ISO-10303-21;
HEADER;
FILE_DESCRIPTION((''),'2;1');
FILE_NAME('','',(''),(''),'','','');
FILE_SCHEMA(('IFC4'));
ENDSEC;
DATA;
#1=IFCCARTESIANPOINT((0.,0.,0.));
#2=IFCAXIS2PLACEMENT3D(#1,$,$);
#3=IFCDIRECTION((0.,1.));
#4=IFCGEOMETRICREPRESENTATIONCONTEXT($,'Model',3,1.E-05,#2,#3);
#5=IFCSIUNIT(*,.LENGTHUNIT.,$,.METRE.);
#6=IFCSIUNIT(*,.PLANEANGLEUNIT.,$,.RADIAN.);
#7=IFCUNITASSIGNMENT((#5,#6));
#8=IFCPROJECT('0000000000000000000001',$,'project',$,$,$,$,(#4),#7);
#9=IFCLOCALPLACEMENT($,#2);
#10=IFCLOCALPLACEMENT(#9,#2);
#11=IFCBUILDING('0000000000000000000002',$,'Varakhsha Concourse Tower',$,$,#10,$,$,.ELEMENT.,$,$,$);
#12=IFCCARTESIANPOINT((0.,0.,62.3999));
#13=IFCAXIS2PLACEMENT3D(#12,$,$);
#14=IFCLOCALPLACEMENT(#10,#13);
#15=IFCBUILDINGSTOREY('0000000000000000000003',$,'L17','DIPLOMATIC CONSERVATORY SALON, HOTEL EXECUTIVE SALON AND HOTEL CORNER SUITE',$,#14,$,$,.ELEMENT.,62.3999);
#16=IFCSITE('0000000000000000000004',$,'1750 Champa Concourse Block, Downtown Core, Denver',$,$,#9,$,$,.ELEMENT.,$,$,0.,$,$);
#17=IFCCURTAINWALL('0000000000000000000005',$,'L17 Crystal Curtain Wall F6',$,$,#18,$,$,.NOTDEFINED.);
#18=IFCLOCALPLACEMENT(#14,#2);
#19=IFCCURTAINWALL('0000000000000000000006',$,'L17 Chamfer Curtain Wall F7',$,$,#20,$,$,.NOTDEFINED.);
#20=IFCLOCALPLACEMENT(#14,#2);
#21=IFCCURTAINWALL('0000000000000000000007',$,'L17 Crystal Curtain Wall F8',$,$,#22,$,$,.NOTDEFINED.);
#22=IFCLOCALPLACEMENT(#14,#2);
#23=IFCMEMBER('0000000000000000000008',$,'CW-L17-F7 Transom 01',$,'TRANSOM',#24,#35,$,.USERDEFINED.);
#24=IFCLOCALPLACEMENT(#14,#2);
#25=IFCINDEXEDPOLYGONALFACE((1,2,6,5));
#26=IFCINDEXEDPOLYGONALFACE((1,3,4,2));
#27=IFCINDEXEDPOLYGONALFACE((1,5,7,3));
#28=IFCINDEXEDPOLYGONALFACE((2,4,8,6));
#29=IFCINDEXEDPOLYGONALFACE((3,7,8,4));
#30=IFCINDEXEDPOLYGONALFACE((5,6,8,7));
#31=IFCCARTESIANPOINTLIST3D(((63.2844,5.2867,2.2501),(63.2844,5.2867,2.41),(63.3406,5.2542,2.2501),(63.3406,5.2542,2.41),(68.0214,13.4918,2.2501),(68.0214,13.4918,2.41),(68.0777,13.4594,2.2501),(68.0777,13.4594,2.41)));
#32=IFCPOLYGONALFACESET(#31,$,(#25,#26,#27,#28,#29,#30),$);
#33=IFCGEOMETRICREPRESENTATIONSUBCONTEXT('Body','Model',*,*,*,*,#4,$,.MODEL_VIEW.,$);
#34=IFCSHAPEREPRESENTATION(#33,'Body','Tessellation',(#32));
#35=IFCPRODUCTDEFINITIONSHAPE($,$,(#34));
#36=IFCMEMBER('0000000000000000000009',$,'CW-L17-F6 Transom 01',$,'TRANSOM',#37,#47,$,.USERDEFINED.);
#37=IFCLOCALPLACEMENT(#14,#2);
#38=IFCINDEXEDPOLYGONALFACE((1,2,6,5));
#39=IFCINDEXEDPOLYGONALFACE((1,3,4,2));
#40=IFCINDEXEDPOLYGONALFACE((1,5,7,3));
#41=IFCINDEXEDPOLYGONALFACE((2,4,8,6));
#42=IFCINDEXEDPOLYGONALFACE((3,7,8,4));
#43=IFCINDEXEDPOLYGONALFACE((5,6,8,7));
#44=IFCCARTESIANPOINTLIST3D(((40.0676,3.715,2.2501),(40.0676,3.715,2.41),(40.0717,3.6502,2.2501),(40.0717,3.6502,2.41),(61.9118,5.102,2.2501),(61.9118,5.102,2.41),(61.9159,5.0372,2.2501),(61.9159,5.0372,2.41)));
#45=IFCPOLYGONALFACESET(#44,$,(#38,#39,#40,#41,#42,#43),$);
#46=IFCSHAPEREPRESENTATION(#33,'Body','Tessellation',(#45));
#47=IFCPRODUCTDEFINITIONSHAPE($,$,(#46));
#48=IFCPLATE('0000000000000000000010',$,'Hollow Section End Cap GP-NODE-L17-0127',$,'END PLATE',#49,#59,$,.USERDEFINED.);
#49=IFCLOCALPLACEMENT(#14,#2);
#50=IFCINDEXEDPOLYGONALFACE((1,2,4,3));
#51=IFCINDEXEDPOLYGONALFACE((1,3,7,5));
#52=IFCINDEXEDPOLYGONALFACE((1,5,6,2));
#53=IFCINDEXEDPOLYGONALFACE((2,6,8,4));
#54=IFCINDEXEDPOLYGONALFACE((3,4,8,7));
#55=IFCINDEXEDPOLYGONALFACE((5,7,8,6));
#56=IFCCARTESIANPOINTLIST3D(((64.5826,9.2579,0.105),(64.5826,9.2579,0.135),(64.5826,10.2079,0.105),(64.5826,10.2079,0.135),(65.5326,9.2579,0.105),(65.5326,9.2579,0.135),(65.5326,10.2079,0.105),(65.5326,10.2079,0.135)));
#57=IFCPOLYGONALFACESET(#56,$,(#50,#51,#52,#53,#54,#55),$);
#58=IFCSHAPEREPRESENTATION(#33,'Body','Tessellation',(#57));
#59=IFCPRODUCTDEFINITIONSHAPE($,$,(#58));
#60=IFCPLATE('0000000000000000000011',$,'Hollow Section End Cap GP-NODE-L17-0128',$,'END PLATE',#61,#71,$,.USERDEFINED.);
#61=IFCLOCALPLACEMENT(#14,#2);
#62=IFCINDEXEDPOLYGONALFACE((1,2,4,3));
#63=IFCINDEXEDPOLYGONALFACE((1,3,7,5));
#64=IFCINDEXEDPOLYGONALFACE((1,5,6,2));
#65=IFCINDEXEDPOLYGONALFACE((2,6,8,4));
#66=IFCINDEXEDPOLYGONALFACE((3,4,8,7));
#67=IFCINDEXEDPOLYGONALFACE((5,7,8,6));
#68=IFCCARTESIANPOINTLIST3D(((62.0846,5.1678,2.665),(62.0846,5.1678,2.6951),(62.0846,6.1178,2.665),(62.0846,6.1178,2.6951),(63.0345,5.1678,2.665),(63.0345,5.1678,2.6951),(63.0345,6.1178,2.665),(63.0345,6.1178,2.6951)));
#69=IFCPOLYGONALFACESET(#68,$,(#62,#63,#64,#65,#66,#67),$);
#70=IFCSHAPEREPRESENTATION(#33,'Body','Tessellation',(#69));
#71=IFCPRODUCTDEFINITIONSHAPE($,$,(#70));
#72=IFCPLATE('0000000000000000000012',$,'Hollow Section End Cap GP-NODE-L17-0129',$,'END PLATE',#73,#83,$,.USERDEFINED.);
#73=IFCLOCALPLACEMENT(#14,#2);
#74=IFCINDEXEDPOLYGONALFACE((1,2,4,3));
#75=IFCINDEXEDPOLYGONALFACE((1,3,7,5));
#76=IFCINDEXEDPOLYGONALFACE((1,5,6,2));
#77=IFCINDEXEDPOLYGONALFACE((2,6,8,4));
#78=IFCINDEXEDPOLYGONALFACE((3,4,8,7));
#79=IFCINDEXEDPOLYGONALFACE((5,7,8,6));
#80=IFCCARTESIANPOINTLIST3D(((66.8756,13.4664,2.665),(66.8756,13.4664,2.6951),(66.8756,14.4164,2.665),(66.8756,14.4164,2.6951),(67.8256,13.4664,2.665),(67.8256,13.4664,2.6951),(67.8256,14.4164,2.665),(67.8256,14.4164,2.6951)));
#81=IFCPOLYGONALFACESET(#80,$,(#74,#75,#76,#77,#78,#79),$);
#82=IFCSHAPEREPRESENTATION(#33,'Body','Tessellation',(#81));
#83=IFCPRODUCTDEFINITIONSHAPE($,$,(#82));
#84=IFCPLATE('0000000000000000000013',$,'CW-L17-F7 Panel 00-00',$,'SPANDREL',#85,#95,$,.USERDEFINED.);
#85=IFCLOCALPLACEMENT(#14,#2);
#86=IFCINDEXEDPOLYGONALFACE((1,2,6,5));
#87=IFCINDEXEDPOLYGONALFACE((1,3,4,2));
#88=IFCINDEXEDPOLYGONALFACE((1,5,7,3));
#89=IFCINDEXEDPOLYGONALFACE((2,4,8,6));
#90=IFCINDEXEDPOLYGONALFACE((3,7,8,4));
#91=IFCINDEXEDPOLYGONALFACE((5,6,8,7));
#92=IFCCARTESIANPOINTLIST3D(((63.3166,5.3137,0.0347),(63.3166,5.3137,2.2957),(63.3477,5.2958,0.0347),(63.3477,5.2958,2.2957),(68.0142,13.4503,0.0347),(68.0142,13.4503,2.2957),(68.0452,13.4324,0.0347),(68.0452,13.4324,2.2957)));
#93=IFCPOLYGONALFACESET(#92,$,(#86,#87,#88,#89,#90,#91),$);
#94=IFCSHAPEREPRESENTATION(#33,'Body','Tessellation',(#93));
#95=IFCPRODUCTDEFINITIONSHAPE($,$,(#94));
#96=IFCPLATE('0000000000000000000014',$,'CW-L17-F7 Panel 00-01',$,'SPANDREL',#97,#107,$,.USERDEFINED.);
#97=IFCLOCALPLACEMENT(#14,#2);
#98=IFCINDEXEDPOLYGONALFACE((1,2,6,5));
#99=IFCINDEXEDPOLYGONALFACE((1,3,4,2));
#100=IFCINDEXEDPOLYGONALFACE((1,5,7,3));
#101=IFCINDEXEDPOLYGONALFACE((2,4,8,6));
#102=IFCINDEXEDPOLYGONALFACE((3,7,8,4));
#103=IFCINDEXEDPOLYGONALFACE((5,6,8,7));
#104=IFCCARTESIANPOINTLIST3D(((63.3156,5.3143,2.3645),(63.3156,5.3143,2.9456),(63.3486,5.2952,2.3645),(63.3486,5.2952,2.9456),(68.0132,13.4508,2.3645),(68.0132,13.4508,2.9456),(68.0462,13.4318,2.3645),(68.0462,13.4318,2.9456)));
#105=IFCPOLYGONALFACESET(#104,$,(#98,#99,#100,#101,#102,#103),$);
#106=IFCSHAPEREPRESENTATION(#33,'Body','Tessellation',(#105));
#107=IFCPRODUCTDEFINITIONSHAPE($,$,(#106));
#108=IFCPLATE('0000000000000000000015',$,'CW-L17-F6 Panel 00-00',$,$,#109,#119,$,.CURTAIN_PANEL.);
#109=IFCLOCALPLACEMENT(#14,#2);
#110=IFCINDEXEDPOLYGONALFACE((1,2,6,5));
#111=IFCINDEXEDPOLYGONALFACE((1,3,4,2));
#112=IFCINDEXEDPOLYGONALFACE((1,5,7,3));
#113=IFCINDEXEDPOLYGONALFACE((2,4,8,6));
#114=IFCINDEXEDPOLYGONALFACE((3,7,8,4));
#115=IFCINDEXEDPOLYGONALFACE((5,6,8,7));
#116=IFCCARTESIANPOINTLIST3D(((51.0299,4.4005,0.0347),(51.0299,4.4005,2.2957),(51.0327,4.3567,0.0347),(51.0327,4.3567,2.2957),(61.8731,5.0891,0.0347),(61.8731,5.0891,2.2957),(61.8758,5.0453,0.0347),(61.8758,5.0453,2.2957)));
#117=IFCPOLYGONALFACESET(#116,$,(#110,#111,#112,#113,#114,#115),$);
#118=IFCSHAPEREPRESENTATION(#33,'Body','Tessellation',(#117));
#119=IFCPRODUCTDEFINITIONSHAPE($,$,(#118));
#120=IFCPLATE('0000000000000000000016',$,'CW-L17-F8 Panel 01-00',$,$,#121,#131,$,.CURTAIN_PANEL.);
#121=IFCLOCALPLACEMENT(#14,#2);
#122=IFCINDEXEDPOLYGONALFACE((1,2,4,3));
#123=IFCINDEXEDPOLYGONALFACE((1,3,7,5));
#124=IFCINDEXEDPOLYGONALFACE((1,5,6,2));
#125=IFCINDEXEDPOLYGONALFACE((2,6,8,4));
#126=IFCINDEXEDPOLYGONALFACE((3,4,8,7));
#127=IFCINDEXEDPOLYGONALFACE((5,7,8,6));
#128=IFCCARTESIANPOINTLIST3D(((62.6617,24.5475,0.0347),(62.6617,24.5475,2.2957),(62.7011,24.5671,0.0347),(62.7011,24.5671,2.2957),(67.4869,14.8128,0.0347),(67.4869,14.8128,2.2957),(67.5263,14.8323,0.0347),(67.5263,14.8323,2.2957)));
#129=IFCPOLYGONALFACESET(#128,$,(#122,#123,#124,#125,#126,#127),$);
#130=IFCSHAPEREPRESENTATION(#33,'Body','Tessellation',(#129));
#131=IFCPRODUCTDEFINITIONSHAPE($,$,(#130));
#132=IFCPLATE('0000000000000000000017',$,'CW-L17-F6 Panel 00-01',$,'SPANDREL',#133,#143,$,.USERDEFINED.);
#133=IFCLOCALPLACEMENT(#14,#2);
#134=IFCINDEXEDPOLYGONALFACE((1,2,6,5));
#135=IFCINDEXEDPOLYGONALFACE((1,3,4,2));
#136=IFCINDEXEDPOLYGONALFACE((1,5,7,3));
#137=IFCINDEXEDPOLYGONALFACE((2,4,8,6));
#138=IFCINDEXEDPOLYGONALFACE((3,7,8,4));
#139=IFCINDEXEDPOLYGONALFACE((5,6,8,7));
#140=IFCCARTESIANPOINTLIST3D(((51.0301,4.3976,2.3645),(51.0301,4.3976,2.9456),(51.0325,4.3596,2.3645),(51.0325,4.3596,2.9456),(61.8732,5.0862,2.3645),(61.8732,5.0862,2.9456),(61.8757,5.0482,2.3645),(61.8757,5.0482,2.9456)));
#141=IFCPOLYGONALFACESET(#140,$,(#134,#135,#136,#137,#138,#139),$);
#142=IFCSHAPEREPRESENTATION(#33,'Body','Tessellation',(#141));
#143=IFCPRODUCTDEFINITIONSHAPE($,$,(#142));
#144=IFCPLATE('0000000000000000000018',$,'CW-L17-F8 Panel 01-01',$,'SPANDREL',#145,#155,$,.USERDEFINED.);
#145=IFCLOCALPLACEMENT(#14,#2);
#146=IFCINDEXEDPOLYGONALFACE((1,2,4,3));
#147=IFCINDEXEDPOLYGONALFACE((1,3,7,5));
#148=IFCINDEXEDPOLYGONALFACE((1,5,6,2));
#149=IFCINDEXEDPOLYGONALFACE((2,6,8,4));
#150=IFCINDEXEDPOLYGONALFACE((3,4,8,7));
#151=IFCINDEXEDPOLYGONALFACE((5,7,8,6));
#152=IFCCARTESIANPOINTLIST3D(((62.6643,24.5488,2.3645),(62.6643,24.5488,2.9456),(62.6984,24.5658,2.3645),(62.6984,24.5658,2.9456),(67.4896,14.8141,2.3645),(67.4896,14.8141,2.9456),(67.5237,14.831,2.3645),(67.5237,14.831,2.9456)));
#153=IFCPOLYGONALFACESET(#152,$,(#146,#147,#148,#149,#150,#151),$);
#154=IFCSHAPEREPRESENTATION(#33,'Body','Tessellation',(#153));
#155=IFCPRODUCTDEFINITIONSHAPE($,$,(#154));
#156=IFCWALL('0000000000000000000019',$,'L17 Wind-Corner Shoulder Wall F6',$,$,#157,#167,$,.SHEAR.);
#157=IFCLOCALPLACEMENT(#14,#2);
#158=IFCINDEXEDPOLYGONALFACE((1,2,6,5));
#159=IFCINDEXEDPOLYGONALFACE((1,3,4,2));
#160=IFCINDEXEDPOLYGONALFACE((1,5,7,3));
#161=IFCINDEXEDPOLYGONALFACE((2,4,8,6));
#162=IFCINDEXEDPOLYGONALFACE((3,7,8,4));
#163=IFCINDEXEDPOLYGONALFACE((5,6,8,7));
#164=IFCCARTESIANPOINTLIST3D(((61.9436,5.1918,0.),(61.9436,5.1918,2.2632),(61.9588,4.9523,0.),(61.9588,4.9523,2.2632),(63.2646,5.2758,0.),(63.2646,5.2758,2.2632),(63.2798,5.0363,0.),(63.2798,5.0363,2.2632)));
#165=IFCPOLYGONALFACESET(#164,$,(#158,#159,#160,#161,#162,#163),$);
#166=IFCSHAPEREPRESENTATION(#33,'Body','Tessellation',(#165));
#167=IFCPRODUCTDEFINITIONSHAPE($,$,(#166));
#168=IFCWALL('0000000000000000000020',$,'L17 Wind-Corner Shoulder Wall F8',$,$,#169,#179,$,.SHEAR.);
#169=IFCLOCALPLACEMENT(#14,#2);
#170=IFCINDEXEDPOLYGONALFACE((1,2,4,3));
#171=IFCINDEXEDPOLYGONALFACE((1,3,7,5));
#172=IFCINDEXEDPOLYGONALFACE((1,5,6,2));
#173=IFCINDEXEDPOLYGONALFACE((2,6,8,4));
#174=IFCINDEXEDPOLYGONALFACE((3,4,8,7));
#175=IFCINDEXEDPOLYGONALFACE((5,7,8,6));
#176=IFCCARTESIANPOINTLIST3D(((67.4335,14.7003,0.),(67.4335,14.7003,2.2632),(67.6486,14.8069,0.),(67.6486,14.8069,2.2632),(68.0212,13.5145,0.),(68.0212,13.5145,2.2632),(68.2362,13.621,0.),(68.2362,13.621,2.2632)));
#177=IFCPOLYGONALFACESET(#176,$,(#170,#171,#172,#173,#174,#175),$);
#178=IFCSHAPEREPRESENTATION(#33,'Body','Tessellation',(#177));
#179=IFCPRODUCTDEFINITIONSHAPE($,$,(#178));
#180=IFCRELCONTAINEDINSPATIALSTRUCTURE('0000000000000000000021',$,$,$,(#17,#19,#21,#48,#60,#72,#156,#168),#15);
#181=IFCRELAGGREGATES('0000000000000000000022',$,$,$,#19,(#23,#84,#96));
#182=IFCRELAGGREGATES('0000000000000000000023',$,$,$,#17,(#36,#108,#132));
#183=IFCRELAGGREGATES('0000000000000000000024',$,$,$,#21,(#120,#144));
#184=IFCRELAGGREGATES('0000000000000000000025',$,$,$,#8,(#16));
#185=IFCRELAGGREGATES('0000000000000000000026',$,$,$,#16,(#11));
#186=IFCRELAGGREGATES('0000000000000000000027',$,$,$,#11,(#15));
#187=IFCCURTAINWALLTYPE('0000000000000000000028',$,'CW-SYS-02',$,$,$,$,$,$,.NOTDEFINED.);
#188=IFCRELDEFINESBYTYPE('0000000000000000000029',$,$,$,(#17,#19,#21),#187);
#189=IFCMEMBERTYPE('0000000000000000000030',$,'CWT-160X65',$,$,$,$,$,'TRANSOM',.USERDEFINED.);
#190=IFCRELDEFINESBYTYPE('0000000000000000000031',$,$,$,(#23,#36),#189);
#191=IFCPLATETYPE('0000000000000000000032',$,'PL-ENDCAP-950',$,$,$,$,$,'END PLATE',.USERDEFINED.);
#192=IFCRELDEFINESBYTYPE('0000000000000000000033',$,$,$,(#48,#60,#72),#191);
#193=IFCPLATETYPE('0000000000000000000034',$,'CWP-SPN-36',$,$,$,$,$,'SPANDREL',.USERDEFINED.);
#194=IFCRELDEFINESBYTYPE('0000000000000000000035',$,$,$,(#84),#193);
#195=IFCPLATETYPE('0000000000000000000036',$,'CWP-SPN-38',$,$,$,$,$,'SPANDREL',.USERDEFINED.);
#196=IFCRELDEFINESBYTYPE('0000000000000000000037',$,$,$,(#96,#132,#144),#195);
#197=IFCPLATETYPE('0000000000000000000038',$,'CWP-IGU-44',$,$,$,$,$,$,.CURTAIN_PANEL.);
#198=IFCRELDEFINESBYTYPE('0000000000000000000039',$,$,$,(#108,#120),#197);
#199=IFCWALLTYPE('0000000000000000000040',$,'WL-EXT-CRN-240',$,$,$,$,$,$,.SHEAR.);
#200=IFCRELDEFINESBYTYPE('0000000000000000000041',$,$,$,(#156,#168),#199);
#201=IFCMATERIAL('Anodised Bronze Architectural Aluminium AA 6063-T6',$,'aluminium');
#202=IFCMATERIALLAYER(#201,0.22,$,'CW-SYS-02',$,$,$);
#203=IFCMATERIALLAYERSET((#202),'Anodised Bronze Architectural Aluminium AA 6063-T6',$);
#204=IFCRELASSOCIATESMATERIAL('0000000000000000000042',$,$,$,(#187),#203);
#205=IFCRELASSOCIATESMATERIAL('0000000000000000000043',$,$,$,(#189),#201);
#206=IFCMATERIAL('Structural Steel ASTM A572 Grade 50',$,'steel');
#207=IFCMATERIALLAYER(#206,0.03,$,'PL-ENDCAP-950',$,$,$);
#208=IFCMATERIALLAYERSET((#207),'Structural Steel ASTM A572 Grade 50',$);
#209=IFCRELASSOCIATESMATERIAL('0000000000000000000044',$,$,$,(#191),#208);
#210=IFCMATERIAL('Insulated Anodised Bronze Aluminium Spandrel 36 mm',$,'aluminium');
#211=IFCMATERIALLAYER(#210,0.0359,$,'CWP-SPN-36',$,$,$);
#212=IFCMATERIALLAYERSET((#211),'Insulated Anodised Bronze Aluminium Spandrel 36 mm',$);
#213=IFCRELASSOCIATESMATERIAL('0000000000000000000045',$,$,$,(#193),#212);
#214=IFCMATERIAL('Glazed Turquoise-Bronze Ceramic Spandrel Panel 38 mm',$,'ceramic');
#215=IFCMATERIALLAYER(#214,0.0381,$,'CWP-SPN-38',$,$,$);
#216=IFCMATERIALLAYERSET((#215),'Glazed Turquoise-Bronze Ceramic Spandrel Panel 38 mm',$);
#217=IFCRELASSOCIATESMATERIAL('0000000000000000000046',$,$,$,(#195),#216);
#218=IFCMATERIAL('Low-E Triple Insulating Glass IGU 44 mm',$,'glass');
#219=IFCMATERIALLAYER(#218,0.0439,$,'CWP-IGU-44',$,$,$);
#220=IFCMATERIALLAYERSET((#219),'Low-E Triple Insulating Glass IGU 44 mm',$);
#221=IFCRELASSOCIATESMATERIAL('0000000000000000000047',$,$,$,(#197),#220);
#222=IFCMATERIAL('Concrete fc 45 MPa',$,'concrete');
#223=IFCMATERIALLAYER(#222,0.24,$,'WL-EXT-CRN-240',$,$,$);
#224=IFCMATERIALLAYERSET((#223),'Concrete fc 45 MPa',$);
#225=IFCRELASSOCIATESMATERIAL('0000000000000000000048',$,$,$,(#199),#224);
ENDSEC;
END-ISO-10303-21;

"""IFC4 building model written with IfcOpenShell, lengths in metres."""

from ifc_helpers import new_model, si_unit, direction, frame, frame_2d, origin, origin_2d, place, context, subcontext, project, spatial, rectangle, extrude, source, transform, mapped, material, layer, layer_set, material_profile, profile_set, type_object, type_shapes, element, aggregate, save


model = new_model("IFC4")

# Units and contexts
model_context = context("Model", 3, precision=1e-05, world=origin(), true_north=direction((0.0, 1.0)))
body_context = subcontext(model_context, "Body", "Model", "MODEL_VIEW")
ifc_project = project(units=[si_unit("LENGTHUNIT", "METRE"), si_unit("PLANEANGLEUNIT", "RADIAN")], contexts=[model_context])

# Site, building, storey
site_placement = place(None, origin())
site = spatial("IfcSite", under=ifc_project, at=site_placement, Name="1750 Champa Concourse Block, Downtown Core, Denver", CompositionType="ELEMENT", RefElevation=0.0)
building_placement = place(site_placement, origin())
building = spatial("IfcBuilding", under=site, at=building_placement, Name="Varakhsha Concourse Tower", CompositionType="ELEMENT")
storey_placement = place(building_placement, frame((0.0, 0.0, 62.3999)))
storey = spatial("IfcBuildingStorey", under=building, at=storey_placement, Name="L17", Description="DIPLOMATIC CONSERVATORY SALON, HOTEL EXECUTIVE SALON AND HOTEL CORNER SUITE", CompositionType="ELEMENT", Elevation=62.3999)

# Shared definitions
ifc_material_1 = material(Name="Structural Steel ASTM A572 Grade 50", Category="steel")

# Curtain wall
ifc_material_2 = material(Name="Anodised Bronze Architectural Aluminium AA 6063-T6", Category="aluminium")
ifc_layer_1 = layer(ifc_material_2, 0.22, Name="CW-SYS-02")
ifc_layer_set_1 = layer_set([ifc_layer_1], Name="Anodised Bronze Architectural Aluminium AA 6063-T6")
curtain_wall_type = type_object("IfcCurtainWallType", Name="CW-SYS-02", PredefinedType="NOTDEFINED", material=ifc_layer_set_1)
curtain_wall_1_placement = place(storey_placement, origin())
curtain_wall_1 = element("IfcCurtainWall", 1, at=curtain_wall_1_placement, inside=storey, type_object=curtain_wall_type, Name="L17 Crystal Curtain Wall F6", PredefinedType="NOTDEFINED")

# Curtain walls
curtain_wall_2_placement = place(storey_placement, origin())
curtain_wall_2 = element("IfcCurtainWall", 2, at=curtain_wall_2_placement, inside=storey, type_object=curtain_wall_type, Name="L17 Chamfer Curtain Wall F7", PredefinedType="NOTDEFINED")
curtain_wall_3_placement = place(storey_placement, origin())
curtain_wall_3 = element("IfcCurtainWall", 3, at=curtain_wall_3_placement, inside=storey, type_object=curtain_wall_type, Name="L17 Crystal Curtain Wall F8", PredefinedType="NOTDEFINED")

# Members
ifc_material_profile_1 = material_profile(ifc_material_2, rectangle(XDim=0.0649, YDim=0.1599, at=origin_2d()), Name="CWT-160X65")
ifc_profile_set_1 = profile_set([ifc_material_profile_1], Name="Anodised Bronze Architectural Aluminium AA 6063-T6")
member_type_1 = type_object("IfcMemberType", Name="CWT-160X65", ElementType="TRANSOM", PredefinedType="USERDEFINED", material=ifc_profile_set_1)
shared_shape_1 = source(origin(), body_context, "Body", "SweptSolid", [
    extrude(rectangle(XDim=0.0649, YDim=0.1599, at=origin_2d()), origin(), (0.0, 0.0, 1.0), 9.4744),
])
member_1_placement = place(storey_placement, frame((68.0496, 13.4756, 2.3301), z_axis=(-0.499989, -0.866032, 0.0), x_axis=(0.866032, -0.499989, 0.0)))
member_1 = element("IfcMember", 4, at=member_1_placement, type_object=member_type_1, Name="CW-L17-F7 Transom 01", ObjectType="TRANSOM", PredefinedType="USERDEFINED", context=body_context, shape_type="MappedRepresentation", body=[
    mapped(shared_shape_1, transform((0.0, 0.0, 0.0), scale=1.0)),
])
shared_shape_2 = source(origin(), body_context, "Body", "SweptSolid", [
    extrude(rectangle(XDim=0.0649, YDim=0.1599, at=origin_2d()), origin(), (0.0, 0.0, 1.0), 21.8882),
])
type_shapes(member_type_1, [shared_shape_1, shared_shape_2])
member_2_placement = place(storey_placement, frame((61.9138, 5.0696, 2.3301), z_axis=(-0.99799, -0.063366, 0.0), x_axis=(0.063366, -0.99799, 0.0)))
member_2 = element("IfcMember", 5, at=member_2_placement, type_object=member_type_1, Name="CW-L17-F6 Transom 01", ObjectType="TRANSOM", PredefinedType="USERDEFINED", context=body_context, shape_type="MappedRepresentation", body=[
    mapped(shared_shape_2, transform((0.0, 0.0, 0.0), scale=1.0)),
])

# Plates
ifc_layer_2 = layer(ifc_material_1, 0.03, Name="PL-ENDCAP-950")
ifc_layer_set_2 = layer_set([ifc_layer_2], Name="Structural Steel ASTM A572 Grade 50")
plate_type_1 = type_object("IfcPlateType", Name="PL-ENDCAP-950", ElementType="END PLATE", PredefinedType="USERDEFINED", material=ifc_layer_set_2)
shared_shape_3 = source(origin(), body_context, "Body", "SweptSolid", [
    extrude(rectangle(XDim=0.95, YDim=0.95, at=origin_2d()), origin(), (0.0, 0.0, 1.0), 0.03),
])
type_shapes(plate_type_1, [shared_shape_3])
for number, where, z_axis, x_axis, name in (
    (6, (65.0576, 9.7329, 0.105), (0.0, 0.0, 1.0), (1.0, 0.0, 0.0), "Hollow Section End Cap GP-NODE-L17-0127"),
    (7, (62.5596, 5.6428, 2.665), (0.0, 0.0, 1.0), (1.0, 0.0, 0.0), "Hollow Section End Cap GP-NODE-L17-0128"),
    (8, (67.3506, 13.9414, 2.665), (0.0, 0.0, 1.0), (1.0, 0.0, 0.0), "Hollow Section End Cap GP-NODE-L17-0129"),
):
    element("IfcPlate", number, at=place(storey_placement, frame(where, z_axis=z_axis, x_axis=x_axis)), inside=storey, type_object=plate_type_1, Name=name, ObjectType="END PLATE", PredefinedType="USERDEFINED", context=body_context, shape_type="MappedRepresentation", body=[
        mapped(shared_shape_3, transform((0.0, 0.0, 0.0), scale=1.0)),
    ])

# Plates
ifc_material_3 = material(Name="Insulated Anodised Bronze Aluminium Spandrel 36 mm", Category="aluminium")
ifc_layer_3 = layer(ifc_material_3, 0.0359, Name="CWP-SPN-36")
ifc_layer_set_3 = layer_set([ifc_layer_3], Name="Insulated Anodised Bronze Aluminium Spandrel 36 mm")
plate_type_2 = type_object("IfcPlateType", Name="CWP-SPN-36", ElementType="SPANDREL", PredefinedType="USERDEFINED", material=ifc_layer_set_3)
shared_shape_4 = source(origin(), body_context, "Body", "SweptSolid", [
    extrude(rectangle(XDim=9.3953, YDim=0.0359, at=origin_2d()), origin(), (0.0, 0.0, 1.0), 2.261),
])
type_shapes(plate_type_2, [shared_shape_4])
plate_1_placement = place(storey_placement, frame((65.6809, 9.373, 0.0347), z_axis=(0.0, 0.0, 1.0), x_axis=(-0.499995, -0.866028, 0.0)))
plate_1 = element("IfcPlate", 9, at=plate_1_placement, type_object=plate_type_2, Name="CW-L17-F7 Panel 00-00", ObjectType="SPANDREL", PredefinedType="USERDEFINED", context=body_context, shape_type="MappedRepresentation", body=[
    mapped(shared_shape_4, transform((0.0, 0.0, 0.0), scale=1.0)),
])
ifc_material_4 = material(Name="Glazed Turquoise-Bronze Ceramic Spandrel Panel 38 mm", Category="ceramic")
ifc_layer_4 = layer(ifc_material_4, 0.0381, Name="CWP-SPN-38")
ifc_layer_set_4 = layer_set([ifc_layer_4], Name="Glazed Turquoise-Bronze Ceramic Spandrel Panel 38 mm")
plate_type_3 = type_object("IfcPlateType", Name="CWP-SPN-38", ElementType="SPANDREL", PredefinedType="USERDEFINED", material=ifc_layer_set_4)
shared_shape_5 = source(origin(), body_context, "Body", "SweptSolid", [
    extrude(rectangle(XDim=9.3953, YDim=0.0381, at=origin_2d()), origin(), (0.0, 0.0, 1.0), 0.5811),
])
plate_2_placement = place(storey_placement, frame((65.6809, 9.373, 2.3645), z_axis=(0.0, 0.0, 1.0), x_axis=(-0.499995, -0.866028, 0.0)))
plate_2 = element("IfcPlate", 10, at=plate_2_placement, type_object=plate_type_3, Name="CW-L17-F7 Panel 00-01", ObjectType="SPANDREL", PredefinedType="USERDEFINED", context=body_context, shape_type="MappedRepresentation", body=[
    mapped(shared_shape_5, transform((0.0, 0.0, 0.0), scale=1.0)),
])
aggregate(curtain_wall_2, [member_1, plate_1, plate_2])
ifc_material_5 = material(Name="Low-E Triple Insulating Glass IGU 44 mm", Category="glass")
ifc_layer_5 = layer(ifc_material_5, 0.0439, Name="CWP-IGU-44")
ifc_layer_set_5 = layer_set([ifc_layer_5], Name="Low-E Triple Insulating Glass IGU 44 mm")
plate_type_4 = type_object("IfcPlateType", Name="CWP-IGU-44", PredefinedType="CURTAIN_PANEL", material=ifc_layer_set_5)
shared_shape_6 = source(origin(), body_context, "Body", "SweptSolid", [
    extrude(rectangle(XDim=10.865, YDim=0.0439, at=origin_2d()), origin(), (0.0, 0.0, 1.0), 2.261),
])
type_shapes(plate_type_4, [shared_shape_6])
plate_3_placement = place(storey_placement, frame((56.4529, 4.7229, 0.0347), z_axis=(0.0, 0.0, 1.0), x_axis=(-0.99799, -0.063378, 0.0)))
plate_3 = element("IfcPlate", 11, at=plate_3_placement, type_object=plate_type_4, Name="CW-L17-F6 Panel 00-00", PredefinedType="CURTAIN_PANEL", context=body_context, shape_type="MappedRepresentation", body=[
    mapped(shared_shape_6, transform((0.0, 0.0, 0.0), scale=1.0)),
])
plate_4_placement = place(storey_placement, frame((65.094, 19.6899, 0.0347), z_axis=(0.0, 0.0, 1.0), x_axis=(0.44411, -0.895972, 0.0)))
plate_4 = element("IfcPlate", 12, at=plate_4_placement, type_object=plate_type_4, Name="CW-L17-F8 Panel 01-00", PredefinedType="CURTAIN_PANEL", context=body_context, shape_type="MappedRepresentation", body=[
    mapped(shared_shape_6, transform((0.0, 0.0, 0.0), scale=1.0)),
])
shared_shape_7 = source(origin(), body_context, "Body", "SweptSolid", [
    extrude(rectangle(XDim=10.865, YDim=0.0381, at=origin_2d()), origin(), (0.0, 0.0, 1.0), 0.5811),
])
type_shapes(plate_type_3, [shared_shape_5, shared_shape_7])
plate_5_placement = place(storey_placement, frame((56.4529, 4.7229, 2.3645), z_axis=(0.0, 0.0, 1.0), x_axis=(-0.99799, -0.063378, 0.0)))
plate_5 = element("IfcPlate", 13, at=plate_5_placement, type_object=plate_type_3, Name="CW-L17-F6 Panel 00-01", ObjectType="SPANDREL", PredefinedType="USERDEFINED", context=body_context, shape_type="MappedRepresentation", body=[
    mapped(shared_shape_7, transform((0.0, 0.0, 0.0), scale=1.0)),
])
aggregate(curtain_wall_1, [member_2, plate_3, plate_5])
plate_6_placement = place(storey_placement, frame((65.094, 19.6899, 2.3645), z_axis=(0.0, 0.0, 1.0), x_axis=(0.44411, -0.895972, 0.0)))
plate_6 = element("IfcPlate", 14, at=plate_6_placement, type_object=plate_type_3, Name="CW-L17-F8 Panel 01-01", ObjectType="SPANDREL", PredefinedType="USERDEFINED", context=body_context, shape_type="MappedRepresentation", body=[
    mapped(shared_shape_7, transform((0.0, 0.0, 0.0), scale=1.0)),
])
aggregate(curtain_wall_3, [plate_4, plate_6])

# Walls
ifc_material_6 = material(Name="Concrete fc 45 MPa", Category="concrete")
ifc_layer_6 = layer(ifc_material_6, 0.24, Name="WL-EXT-CRN-240")
ifc_layer_set_6 = layer_set([ifc_layer_6], Name="Concrete fc 45 MPa")
wall_type = type_object("IfcWallType", Name="WL-EXT-CRN-240", PredefinedType="SHEAR", material=ifc_layer_set_6)
wall_1_placement = place(storey_placement, frame((61.9512, 5.072, 0.0), z_axis=(0.0, 0.0, 1.0), x_axis=(0.997985, 0.063446, 0.0)))
element("IfcWall", 15, at=wall_1_placement, inside=storey, type_object=wall_type, Name="L17 Wind-Corner Shoulder Wall F6", PredefinedType="SHEAR", context=body_context, shape_type="SweptSolid", body=[
    extrude(rectangle(XDim=1.3237, YDim=0.24, at=frame_2d((0.6619, 0.0))), origin(), (0.0, 0.0, 1.0), 2.2632),
])
wall_2_placement = place(storey_placement, frame((68.1287, 13.5679, 0.0), z_axis=(0.0, 0.0, 1.0), x_axis=(-0.444038, 0.896008, 0.0)))
element("IfcWall", 16, at=wall_2_placement, inside=storey, type_object=wall_type, Name="L17 Wind-Corner Shoulder Wall F8", PredefinedType="SHEAR", context=body_context, shape_type="SweptSolid", body=[
    extrude(rectangle(XDim=1.3235, YDim=0.24, at=frame_2d((0.6616, 0.0))), origin(), (0.0, 0.0, 1.0), 2.2632),
])

save(model, "model.ifc")
